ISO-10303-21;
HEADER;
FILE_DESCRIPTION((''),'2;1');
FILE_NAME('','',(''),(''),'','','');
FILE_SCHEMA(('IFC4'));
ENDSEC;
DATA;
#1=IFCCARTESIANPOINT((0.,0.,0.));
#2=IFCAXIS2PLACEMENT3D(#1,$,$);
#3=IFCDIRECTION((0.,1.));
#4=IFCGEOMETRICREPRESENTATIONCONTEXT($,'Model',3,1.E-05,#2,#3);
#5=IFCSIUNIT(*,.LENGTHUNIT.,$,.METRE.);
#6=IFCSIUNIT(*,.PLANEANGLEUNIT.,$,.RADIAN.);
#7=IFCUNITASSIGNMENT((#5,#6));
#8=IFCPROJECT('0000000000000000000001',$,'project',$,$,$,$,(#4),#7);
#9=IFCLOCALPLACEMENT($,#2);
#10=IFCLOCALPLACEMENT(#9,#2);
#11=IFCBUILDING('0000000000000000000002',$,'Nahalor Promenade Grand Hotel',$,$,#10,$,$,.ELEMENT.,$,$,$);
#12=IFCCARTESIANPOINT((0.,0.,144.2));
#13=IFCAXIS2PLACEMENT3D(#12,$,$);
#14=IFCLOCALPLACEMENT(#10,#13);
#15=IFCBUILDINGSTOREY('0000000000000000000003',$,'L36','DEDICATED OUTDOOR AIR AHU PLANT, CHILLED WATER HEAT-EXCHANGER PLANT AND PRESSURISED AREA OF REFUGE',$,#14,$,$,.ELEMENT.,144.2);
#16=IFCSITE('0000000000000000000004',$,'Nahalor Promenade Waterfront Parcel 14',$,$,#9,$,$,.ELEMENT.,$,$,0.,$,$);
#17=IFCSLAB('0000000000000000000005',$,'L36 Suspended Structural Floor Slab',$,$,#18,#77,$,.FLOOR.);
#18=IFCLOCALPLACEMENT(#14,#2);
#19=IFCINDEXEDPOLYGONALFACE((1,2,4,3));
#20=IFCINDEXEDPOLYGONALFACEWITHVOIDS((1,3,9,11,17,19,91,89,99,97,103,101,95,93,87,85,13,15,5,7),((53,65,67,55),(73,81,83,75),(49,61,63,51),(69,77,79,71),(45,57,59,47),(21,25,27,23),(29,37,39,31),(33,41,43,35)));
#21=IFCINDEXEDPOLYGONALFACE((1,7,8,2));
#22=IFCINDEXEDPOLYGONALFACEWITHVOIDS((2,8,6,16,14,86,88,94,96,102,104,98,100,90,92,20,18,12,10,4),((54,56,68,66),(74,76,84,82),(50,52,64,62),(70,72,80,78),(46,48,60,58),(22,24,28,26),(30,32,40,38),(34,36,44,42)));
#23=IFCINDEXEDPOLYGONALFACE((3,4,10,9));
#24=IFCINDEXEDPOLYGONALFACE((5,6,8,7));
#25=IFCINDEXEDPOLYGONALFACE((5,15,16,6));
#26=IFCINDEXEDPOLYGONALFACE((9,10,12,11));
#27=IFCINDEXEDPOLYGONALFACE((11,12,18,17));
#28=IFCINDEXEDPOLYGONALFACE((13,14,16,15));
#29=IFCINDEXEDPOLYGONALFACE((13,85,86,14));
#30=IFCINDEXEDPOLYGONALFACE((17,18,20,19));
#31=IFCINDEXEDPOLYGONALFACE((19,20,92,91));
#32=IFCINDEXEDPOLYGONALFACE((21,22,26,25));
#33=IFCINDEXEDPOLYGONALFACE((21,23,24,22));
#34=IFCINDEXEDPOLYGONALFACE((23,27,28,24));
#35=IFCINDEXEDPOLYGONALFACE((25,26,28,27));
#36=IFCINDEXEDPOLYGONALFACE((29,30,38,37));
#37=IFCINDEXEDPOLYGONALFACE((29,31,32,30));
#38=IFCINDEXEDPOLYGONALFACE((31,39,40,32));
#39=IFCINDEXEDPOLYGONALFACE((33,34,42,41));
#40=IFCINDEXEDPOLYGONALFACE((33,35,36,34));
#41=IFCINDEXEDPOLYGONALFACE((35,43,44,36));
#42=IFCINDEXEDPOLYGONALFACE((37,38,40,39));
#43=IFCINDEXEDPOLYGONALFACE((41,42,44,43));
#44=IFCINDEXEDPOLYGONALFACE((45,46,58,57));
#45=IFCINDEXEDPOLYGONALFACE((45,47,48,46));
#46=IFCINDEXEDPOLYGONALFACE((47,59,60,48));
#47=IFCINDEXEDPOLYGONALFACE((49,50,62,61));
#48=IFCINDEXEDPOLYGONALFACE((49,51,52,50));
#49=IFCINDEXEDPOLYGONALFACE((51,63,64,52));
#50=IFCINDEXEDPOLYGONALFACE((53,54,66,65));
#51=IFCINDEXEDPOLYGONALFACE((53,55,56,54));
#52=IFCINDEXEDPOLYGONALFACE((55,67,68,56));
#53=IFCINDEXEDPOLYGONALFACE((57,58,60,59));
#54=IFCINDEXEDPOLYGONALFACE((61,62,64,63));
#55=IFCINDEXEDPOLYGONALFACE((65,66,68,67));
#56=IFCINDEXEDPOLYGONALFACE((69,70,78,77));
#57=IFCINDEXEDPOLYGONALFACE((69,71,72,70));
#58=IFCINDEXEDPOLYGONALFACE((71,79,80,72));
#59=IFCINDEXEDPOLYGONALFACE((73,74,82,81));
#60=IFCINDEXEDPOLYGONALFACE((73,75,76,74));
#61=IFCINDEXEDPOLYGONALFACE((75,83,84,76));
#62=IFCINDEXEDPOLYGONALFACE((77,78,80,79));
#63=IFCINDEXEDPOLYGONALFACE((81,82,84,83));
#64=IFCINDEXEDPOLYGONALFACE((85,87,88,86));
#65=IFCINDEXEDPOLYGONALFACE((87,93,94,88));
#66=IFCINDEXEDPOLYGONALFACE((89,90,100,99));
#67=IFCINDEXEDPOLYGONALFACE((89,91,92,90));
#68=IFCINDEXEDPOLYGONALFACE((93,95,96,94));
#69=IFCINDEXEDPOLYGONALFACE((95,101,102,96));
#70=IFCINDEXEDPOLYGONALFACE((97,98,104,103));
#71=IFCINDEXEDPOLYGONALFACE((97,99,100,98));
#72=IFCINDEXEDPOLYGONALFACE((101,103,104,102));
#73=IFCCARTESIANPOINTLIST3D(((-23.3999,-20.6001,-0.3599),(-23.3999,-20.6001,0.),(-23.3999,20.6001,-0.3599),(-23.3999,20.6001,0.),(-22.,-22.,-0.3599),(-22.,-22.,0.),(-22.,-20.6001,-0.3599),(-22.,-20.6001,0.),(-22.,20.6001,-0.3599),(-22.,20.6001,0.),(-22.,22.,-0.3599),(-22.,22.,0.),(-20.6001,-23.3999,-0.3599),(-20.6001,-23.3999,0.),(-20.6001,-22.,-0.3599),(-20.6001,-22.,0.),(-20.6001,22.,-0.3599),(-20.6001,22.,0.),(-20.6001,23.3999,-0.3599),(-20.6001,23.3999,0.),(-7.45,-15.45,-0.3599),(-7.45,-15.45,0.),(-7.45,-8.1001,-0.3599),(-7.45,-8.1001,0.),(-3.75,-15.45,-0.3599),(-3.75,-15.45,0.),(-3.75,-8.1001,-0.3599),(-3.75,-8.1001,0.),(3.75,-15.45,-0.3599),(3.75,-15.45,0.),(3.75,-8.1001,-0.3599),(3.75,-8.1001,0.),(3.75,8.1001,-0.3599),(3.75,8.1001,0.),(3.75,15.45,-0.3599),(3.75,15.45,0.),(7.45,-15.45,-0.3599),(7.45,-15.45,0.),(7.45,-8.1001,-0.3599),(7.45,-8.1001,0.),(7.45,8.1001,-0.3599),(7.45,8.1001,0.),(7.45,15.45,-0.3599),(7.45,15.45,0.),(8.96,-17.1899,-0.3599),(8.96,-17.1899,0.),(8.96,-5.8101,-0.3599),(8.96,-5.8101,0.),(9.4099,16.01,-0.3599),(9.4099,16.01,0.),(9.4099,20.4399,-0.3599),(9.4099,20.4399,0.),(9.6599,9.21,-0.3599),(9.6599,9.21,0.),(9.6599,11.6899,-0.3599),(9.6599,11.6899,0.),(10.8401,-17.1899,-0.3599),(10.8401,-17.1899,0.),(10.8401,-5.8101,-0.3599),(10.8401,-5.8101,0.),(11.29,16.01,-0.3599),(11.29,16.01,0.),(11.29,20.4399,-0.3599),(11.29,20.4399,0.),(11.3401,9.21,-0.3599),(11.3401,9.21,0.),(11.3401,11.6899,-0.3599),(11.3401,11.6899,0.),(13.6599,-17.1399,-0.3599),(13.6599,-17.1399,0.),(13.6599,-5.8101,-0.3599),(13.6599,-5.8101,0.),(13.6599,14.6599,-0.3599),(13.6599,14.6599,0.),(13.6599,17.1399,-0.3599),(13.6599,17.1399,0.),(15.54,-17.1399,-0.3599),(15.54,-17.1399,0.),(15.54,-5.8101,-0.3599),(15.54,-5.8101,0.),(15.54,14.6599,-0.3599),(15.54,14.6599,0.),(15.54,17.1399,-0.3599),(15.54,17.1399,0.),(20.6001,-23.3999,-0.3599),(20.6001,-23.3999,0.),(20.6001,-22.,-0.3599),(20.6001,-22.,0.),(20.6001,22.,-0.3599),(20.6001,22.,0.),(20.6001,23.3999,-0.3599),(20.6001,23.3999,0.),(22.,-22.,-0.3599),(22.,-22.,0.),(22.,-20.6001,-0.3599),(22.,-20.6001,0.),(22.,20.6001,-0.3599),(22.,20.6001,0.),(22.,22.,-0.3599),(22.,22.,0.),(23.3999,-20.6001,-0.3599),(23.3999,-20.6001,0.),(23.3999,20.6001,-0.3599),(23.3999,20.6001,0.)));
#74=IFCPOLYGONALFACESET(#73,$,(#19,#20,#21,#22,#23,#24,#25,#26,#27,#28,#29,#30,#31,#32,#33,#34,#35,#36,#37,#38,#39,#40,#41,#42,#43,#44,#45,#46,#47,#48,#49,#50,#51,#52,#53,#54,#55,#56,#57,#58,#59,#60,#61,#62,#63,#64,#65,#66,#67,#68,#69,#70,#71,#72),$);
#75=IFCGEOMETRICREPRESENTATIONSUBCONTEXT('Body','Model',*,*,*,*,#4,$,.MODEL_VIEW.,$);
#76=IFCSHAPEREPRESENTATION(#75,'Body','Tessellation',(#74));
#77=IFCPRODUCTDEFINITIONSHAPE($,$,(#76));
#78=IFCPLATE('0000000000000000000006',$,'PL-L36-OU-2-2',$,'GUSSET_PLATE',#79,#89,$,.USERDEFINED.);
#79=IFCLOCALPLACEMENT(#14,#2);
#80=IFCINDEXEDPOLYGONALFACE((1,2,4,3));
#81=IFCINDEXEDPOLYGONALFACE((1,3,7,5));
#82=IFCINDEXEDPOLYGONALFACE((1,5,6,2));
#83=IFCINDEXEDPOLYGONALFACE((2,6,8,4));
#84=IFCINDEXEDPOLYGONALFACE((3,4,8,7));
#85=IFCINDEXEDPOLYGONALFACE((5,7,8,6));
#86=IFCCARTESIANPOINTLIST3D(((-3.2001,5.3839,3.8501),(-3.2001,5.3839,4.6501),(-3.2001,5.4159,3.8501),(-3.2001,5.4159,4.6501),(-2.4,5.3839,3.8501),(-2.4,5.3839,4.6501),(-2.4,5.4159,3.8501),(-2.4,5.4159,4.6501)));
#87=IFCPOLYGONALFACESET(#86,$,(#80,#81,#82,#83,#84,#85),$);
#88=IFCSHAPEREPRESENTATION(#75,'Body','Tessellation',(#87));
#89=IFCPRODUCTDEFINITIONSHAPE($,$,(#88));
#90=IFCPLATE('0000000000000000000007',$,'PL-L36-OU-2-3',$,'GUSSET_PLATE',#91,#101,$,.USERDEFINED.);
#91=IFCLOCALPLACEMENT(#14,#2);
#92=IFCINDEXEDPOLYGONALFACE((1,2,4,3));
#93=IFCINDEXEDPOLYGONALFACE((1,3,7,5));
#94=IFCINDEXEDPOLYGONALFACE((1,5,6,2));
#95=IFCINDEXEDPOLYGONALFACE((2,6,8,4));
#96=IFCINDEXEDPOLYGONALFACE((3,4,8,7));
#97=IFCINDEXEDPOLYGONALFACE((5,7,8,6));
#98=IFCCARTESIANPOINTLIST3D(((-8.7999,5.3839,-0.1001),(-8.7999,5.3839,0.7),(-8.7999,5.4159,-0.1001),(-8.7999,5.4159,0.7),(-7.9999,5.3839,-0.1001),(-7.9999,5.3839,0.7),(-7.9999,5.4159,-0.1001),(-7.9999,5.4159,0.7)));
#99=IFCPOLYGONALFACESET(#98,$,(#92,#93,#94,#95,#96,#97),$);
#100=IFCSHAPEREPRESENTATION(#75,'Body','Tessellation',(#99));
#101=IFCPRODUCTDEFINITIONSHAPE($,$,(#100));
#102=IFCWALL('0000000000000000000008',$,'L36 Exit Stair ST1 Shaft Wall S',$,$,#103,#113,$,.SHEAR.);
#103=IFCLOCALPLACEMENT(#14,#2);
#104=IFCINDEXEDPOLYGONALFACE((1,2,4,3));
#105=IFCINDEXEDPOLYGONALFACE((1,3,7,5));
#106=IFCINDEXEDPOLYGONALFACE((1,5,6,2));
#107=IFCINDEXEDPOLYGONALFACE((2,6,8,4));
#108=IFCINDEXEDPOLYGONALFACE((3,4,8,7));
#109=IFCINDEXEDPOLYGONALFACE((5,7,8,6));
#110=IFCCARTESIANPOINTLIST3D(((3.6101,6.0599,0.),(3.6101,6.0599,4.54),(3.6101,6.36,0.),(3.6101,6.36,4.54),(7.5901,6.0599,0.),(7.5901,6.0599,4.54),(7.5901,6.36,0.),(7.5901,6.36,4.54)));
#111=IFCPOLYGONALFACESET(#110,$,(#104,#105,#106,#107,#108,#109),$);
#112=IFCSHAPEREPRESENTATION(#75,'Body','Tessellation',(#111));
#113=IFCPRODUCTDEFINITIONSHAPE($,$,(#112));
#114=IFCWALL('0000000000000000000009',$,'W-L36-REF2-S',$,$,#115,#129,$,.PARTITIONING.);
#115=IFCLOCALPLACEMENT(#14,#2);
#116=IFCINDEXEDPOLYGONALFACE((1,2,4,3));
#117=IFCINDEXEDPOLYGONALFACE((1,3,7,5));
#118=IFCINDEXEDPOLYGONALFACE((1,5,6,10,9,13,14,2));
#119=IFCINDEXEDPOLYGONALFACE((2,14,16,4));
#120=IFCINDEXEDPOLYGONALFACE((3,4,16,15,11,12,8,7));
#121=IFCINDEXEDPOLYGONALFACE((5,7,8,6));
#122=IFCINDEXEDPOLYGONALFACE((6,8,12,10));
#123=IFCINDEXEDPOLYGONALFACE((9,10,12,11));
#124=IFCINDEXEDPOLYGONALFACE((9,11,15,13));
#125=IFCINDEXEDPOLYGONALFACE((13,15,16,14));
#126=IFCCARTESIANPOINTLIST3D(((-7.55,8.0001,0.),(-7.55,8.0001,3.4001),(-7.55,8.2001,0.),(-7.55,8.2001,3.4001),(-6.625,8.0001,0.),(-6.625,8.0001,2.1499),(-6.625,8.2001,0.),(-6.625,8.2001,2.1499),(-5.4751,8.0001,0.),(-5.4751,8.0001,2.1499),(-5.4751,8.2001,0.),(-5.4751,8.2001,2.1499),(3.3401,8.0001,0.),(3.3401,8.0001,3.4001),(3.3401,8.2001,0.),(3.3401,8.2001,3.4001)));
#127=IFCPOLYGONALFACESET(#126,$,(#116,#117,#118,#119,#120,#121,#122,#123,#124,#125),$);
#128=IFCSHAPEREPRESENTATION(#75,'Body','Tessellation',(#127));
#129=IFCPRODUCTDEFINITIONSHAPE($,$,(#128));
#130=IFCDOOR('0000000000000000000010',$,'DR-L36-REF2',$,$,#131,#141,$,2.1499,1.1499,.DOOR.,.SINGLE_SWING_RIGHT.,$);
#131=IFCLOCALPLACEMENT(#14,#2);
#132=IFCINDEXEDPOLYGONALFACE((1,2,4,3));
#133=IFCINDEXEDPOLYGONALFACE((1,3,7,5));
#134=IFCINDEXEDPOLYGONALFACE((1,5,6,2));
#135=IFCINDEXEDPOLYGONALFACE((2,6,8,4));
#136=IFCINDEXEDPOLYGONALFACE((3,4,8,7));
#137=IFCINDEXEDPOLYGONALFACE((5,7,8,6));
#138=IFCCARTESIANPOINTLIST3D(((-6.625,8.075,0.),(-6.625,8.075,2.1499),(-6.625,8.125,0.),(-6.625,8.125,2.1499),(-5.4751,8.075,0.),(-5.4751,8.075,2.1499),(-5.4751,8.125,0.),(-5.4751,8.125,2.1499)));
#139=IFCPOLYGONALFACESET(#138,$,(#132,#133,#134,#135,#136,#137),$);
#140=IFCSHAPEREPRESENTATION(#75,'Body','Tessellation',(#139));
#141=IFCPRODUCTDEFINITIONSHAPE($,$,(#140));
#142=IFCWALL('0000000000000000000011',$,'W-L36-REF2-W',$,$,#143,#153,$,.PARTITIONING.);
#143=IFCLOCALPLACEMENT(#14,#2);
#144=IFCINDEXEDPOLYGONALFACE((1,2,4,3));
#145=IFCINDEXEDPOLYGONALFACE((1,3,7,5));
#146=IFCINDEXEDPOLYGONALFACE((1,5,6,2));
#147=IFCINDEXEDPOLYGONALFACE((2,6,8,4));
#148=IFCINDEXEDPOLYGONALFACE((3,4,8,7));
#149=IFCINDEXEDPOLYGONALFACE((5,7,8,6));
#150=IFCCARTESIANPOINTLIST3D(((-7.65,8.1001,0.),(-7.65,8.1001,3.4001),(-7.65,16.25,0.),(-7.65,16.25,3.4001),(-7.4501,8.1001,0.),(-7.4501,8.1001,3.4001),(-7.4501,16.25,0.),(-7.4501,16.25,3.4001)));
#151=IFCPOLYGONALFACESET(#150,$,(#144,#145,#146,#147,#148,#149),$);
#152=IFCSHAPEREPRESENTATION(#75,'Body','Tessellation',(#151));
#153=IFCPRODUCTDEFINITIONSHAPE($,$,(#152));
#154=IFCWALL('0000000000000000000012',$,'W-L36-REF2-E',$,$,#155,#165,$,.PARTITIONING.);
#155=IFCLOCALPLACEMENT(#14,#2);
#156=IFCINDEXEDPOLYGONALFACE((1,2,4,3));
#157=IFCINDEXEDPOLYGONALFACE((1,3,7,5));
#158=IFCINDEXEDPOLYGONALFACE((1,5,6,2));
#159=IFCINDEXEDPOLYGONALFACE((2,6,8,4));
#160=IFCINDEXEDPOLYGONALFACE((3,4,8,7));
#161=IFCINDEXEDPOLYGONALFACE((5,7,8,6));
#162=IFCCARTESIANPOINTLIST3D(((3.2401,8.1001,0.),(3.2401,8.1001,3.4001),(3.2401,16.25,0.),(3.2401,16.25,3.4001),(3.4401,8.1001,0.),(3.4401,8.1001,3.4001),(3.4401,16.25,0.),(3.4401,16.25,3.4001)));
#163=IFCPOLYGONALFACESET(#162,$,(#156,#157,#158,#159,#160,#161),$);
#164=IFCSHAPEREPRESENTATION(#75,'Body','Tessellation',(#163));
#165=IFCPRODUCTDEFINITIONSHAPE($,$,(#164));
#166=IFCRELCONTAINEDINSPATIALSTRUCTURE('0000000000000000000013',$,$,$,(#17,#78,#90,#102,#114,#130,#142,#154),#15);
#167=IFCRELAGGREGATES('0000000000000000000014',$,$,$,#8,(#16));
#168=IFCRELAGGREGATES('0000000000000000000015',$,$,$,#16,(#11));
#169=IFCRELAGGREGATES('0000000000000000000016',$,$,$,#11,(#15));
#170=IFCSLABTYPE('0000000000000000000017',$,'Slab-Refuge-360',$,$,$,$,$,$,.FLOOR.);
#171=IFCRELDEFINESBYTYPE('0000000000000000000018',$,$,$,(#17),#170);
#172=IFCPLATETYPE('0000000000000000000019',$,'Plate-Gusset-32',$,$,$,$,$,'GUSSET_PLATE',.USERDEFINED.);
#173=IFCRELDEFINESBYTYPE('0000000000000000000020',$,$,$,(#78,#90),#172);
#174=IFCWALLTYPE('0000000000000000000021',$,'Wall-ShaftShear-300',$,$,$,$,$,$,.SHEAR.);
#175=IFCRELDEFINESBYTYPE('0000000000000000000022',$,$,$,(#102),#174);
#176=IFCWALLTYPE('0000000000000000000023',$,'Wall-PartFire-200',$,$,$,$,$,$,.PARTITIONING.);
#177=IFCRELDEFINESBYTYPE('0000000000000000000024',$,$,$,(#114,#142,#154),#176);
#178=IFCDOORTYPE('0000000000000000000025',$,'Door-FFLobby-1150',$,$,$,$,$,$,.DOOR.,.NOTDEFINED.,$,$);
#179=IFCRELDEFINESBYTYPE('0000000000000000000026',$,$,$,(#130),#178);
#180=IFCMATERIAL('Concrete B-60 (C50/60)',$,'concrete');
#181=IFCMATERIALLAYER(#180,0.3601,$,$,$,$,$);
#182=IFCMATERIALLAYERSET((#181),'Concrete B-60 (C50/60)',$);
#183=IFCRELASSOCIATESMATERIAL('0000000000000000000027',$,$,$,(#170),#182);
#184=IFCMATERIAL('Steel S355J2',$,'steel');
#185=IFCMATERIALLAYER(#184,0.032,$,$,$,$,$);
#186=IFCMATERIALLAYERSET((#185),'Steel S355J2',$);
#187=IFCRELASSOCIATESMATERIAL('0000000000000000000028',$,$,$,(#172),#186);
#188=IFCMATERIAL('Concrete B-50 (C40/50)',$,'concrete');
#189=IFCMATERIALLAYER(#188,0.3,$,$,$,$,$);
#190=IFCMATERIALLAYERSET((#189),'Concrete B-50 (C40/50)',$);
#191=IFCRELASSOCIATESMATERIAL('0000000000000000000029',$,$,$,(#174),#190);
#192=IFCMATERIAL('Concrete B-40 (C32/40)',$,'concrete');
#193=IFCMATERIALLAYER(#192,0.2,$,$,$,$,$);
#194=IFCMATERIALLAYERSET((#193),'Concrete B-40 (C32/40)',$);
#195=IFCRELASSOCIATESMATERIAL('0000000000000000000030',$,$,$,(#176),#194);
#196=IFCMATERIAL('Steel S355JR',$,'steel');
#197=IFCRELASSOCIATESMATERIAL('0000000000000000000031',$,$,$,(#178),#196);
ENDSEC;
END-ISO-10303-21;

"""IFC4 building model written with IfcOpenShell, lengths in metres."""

from ifc_helpers import new_model, si_unit, direction, frame, frame_2d, origin, origin_2d, place, context, subcontext, project, spatial, polyline, rectangle, outline, extrude, source, transform, mapped, material, layer, layer_set, type_object, element, fill, save


model = new_model("IFC4")

# Units and contexts
model_context = context("Model", 3, precision=1e-05, world=origin(), true_north=direction((0.0, 1.0)))
body_context = subcontext(model_context, "Body", "Model", "MODEL_VIEW")
ifc_project = project(units=[si_unit("LENGTHUNIT", "METRE"), si_unit("PLANEANGLEUNIT", "RADIAN")], contexts=[model_context])

# Site, building, storey
site_placement = place(None, origin())
site = spatial("IfcSite", under=ifc_project, at=site_placement, Name="Nahalor Promenade Waterfront Parcel 14", CompositionType="ELEMENT", RefElevation=0.0)
building_placement = place(site_placement, origin())
building = spatial("IfcBuilding", under=site, at=building_placement, Name="Nahalor Promenade Grand Hotel", CompositionType="ELEMENT")
storey_placement = place(building_placement, frame((0.0, 0.0, 144.2)))
storey = spatial("IfcBuildingStorey", under=building, at=storey_placement, Name="L36", Description="DEDICATED OUTDOOR AIR AHU PLANT, CHILLED WATER HEAT-EXCHANGER PLANT AND PRESSURISED AREA OF REFUGE", CompositionType="ELEMENT", Elevation=144.2)

# Shared definitions
ifc_material_1 = material(Name="Concrete B-60 (C50/60)", Category="concrete")

# Shared definitions
ifc_material_2 = material(Name="Steel S355JR", Category="steel")

# Shared definitions
ifc_material_3 = material(Name="Steel S355J2", Category="steel")

# Shared definitions
ifc_material_4 = material(Name="Concrete B-50 (C40/50)", Category="concrete")

# Slab
ifc_layer_1 = layer(ifc_material_1, 0.3601)
ifc_layer_set_1 = layer_set([ifc_layer_1], Name="Concrete B-60 (C50/60)")
slab_type_1 = type_object("IfcSlabType", Name="Slab-Refuge-360", PredefinedType="FLOOR", material=ifc_layer_set_1)
slab_1_placement = place(storey_placement, frame((0.0, 0.0, -0.3599)))
element("IfcSlab", 1, at=slab_1_placement, inside=storey, type_object=slab_type_1, Name="L36 Suspended Structural Floor Slab", PredefinedType="FLOOR", context=body_context, shape_type="SweptSolid", body=[
    extrude(outline(polyline([(-20.6001, -23.3999), (20.6001, -23.3999), (20.6001, -22.0), (22.0, -22.0), (22.0, -20.6001), (23.3999, -20.6001), (23.3999, 20.6001), (22.0, 20.6001), (22.0, 22.0), (20.6001, 22.0), (20.6001, 23.3999), (-20.6001, 23.3999), (-20.6001, 22.0), (-22.0, 22.0), (-22.0, 20.6001), (-23.3999, 20.6001), (-23.3999, -20.6001), (-22.0, -20.6001), (-22.0, -22.0), (-20.6001, -22.0), (-20.6001, -23.3999)]), holes=[polyline([(3.75, 8.1001), (7.45, 8.1001), (7.45, 15.45), (3.75, 15.45), (3.75, 8.1001)]), polyline([(3.75, -15.45), (7.45, -15.45), (7.45, -8.1001), (3.75, -8.1001), (3.75, -15.45)]), polyline([(-7.45, -15.45), (-3.75, -15.45), (-3.75, -8.1001), (-7.45, -8.1001), (-7.45, -15.45)]), polyline([(13.6599, -17.1399), (15.54, -17.1399), (15.54, -5.8101), (13.6599, -5.8101), (13.6599, -17.1399)]), polyline([(8.96, -17.1899), (10.8401, -17.1899), (10.8401, -5.8101), (8.96, -5.8101), (8.96, -17.1899)]), polyline([(9.4099, 16.01), (11.29, 16.01), (11.29, 20.4399), (9.4099, 20.4399), (9.4099, 16.01)]), polyline([(9.6599, 9.21), (11.3401, 9.21), (11.3401, 11.6899), (9.6599, 11.6899), (9.6599, 9.21)]), polyline([(13.6599, 14.6599), (15.54, 14.6599), (15.54, 17.1399), (13.6599, 17.1399), (13.6599, 14.6599)])]), origin(), (0.0, 0.0, 1.0), 0.3599),
])

# Plates
ifc_layer_2 = layer(ifc_material_3, 0.032)
ifc_layer_set_2 = layer_set([ifc_layer_2], Name="Steel S355J2")
plate_type = type_object("IfcPlateType", Name="Plate-Gusset-32", ElementType="GUSSET_PLATE", PredefinedType="USERDEFINED", material=ifc_layer_set_2)
shared_shape_1 = source(origin(), body_context, "Body", "SweptSolid", [
    extrude(rectangle(XDim=0.8, YDim=0.032, at=origin_2d()), origin(), (0.0, 0.0, 1.0), 0.8),
])
for number, where, z_axis, x_axis, name in (
    (2, (-2.8, 5.3999, 3.8501), (0.0, 0.0, 1.0), (1.0, 0.0, 0.0), "PL-L36-OU-2-2"),
    (3, (-8.3999, 5.3999, -0.1001), (0.0, 0.0, 1.0), (1.0, 0.0, 0.0), "PL-L36-OU-2-3"),
):
    element("IfcPlate", number, at=place(storey_placement, frame(where, z_axis=z_axis, x_axis=x_axis)), inside=storey, type_object=plate_type, Name=name, ObjectType="GUSSET_PLATE", PredefinedType="USERDEFINED", context=body_context, shape_type="MappedRepresentation", body=[
        mapped(shared_shape_1, transform((0.0, 0.0, 0.0), scale=1.0)),
    ])

# Wall
ifc_layer_3 = layer(ifc_material_4, 0.3)
ifc_layer_set_3 = layer_set([ifc_layer_3], Name="Concrete B-50 (C40/50)")
wall_type_1 = type_object("IfcWallType", Name="Wall-ShaftShear-300", PredefinedType="SHEAR", material=ifc_layer_set_3)
shared_shape_2 = source(origin(), body_context, "Body", "SweptSolid", [
    extrude(rectangle(XDim=3.98, YDim=0.3, at=frame_2d((1.99, 0.0))), origin(), (0.0, 0.0, 1.0), 4.54),
])
wall_1_placement = place(storey_placement, frame((3.6101, 6.21, 0.0), z_axis=(0.0, 0.0, 1.0), x_axis=(1.0, 0.0, 0.0)))
element("IfcWall", 4, at=wall_1_placement, inside=storey, type_object=wall_type_1, Name="L36 Exit Stair ST1 Shaft Wall S", PredefinedType="SHEAR", context=body_context, shape_type="MappedRepresentation", body=[
    mapped(shared_shape_2, transform((0.0, 0.0, 0.0), scale=1.0)),
])

# Wall, opening, door
ifc_material_5 = material(Name="Concrete B-40 (C32/40)", Category="concrete")
ifc_layer_4 = layer(ifc_material_5, 0.2)
ifc_layer_set_4 = layer_set([ifc_layer_4], Name="Concrete B-40 (C32/40)")
wall_type_2 = type_object("IfcWallType", Name="Wall-PartFire-200", PredefinedType="PARTITIONING", material=ifc_layer_set_4)
shared_shape_3 = source(origin(), body_context, "Body", "SweptSolid", [
    extrude(rectangle(XDim=10.8901, YDim=0.2, at=frame_2d((5.4451, 0.0))), origin(), (0.0, 0.0, 1.0), 3.4001),
])
wall_2_placement = place(storey_placement, frame((-7.55, 8.1001, 0.0), z_axis=(0.0, 0.0, 1.0), x_axis=(1.0, 0.0, 0.0)))
wall_2 = element("IfcWall", 5, at=wall_2_placement, inside=storey, type_object=wall_type_2, Name="W-L36-REF2-S", PredefinedType="PARTITIONING", context=body_context, shape_type="MappedRepresentation", body=[
    mapped(shared_shape_3, transform((0.0, 0.0, 0.0), scale=1.0)),
])
opening_1_placement = place(wall_2_placement, frame((0.925, 0.0, 0.0)))
opening_1 = element("IfcOpeningElement", 6, at=opening_1_placement, cuts=wall_2, PredefinedType="OPENING", context=body_context, shape_type="SweptSolid", body=[
    extrude(rectangle(XDim=1.1499, YDim=2.1499, at=frame_2d((0.575, 1.075))), frame((0.0, 0.1099, 0.0), z_axis=(0.0, -1.0, 0.0), x_axis=(1.0, 0.0, 0.0)), (0.0, 0.0, 1.0), 0.22),
])
door_type = type_object("IfcDoorType", Name="Door-FFLobby-1150", OperationType="NOTDEFINED", PredefinedType="DOOR", material=ifc_material_2)
shared_shape_4 = source(origin(), body_context, "Body", "SweptSolid", [
    extrude(rectangle(XDim=1.1499, YDim=2.1499, at=frame_2d((0.575, 1.075))), frame((0.0, 0.0249, 0.0), z_axis=(0.0, -1.0, 0.0), x_axis=(1.0, 0.0, 0.0)), (0.0, 0.0, 1.0), 0.05),
])
door_1_placement = place(opening_1_placement, origin())
door_1 = element("IfcDoor", 7, at=door_1_placement, inside=storey, type_object=door_type, Name="DR-L36-REF2", OperationType="SINGLE_SWING_RIGHT", OverallHeight=2.1499, OverallWidth=1.1499, PredefinedType="DOOR", context=body_context, shape_type="MappedRepresentation", body=[
    mapped(shared_shape_4, transform((0.0, 0.0, 0.0), scale=1.0)),
])
fill(opening_1, door_1)

# Walls
shared_shape_5 = source(origin(), body_context, "Body", "SweptSolid", [
    extrude(rectangle(XDim=8.1499, YDim=0.2, at=frame_2d((4.075, 0.0))), origin(), (0.0, 0.0, 1.0), 3.4001),
])
for number, where, z_axis, x_axis, name in (
    (8, (-7.55, 8.1001, 0.0), (0.0, 0.0, 1.0), (0.0, 1.0, 0.0), "W-L36-REF2-W"),
    (9, (3.3401, 8.1001, 0.0), (0.0, 0.0, 1.0), (0.0, 1.0, 0.0), "W-L36-REF2-E"),
):
    element("IfcWall", number, at=place(storey_placement, frame(where, z_axis=z_axis, x_axis=x_axis)), inside=storey, type_object=wall_type_2, Name=name, PredefinedType="PARTITIONING", context=body_context, shape_type="MappedRepresentation", body=[
        mapped(shared_shape_5, transform((0.0, 0.0, 0.0), scale=1.0)),
    ])

save(model, "model.ifc")
